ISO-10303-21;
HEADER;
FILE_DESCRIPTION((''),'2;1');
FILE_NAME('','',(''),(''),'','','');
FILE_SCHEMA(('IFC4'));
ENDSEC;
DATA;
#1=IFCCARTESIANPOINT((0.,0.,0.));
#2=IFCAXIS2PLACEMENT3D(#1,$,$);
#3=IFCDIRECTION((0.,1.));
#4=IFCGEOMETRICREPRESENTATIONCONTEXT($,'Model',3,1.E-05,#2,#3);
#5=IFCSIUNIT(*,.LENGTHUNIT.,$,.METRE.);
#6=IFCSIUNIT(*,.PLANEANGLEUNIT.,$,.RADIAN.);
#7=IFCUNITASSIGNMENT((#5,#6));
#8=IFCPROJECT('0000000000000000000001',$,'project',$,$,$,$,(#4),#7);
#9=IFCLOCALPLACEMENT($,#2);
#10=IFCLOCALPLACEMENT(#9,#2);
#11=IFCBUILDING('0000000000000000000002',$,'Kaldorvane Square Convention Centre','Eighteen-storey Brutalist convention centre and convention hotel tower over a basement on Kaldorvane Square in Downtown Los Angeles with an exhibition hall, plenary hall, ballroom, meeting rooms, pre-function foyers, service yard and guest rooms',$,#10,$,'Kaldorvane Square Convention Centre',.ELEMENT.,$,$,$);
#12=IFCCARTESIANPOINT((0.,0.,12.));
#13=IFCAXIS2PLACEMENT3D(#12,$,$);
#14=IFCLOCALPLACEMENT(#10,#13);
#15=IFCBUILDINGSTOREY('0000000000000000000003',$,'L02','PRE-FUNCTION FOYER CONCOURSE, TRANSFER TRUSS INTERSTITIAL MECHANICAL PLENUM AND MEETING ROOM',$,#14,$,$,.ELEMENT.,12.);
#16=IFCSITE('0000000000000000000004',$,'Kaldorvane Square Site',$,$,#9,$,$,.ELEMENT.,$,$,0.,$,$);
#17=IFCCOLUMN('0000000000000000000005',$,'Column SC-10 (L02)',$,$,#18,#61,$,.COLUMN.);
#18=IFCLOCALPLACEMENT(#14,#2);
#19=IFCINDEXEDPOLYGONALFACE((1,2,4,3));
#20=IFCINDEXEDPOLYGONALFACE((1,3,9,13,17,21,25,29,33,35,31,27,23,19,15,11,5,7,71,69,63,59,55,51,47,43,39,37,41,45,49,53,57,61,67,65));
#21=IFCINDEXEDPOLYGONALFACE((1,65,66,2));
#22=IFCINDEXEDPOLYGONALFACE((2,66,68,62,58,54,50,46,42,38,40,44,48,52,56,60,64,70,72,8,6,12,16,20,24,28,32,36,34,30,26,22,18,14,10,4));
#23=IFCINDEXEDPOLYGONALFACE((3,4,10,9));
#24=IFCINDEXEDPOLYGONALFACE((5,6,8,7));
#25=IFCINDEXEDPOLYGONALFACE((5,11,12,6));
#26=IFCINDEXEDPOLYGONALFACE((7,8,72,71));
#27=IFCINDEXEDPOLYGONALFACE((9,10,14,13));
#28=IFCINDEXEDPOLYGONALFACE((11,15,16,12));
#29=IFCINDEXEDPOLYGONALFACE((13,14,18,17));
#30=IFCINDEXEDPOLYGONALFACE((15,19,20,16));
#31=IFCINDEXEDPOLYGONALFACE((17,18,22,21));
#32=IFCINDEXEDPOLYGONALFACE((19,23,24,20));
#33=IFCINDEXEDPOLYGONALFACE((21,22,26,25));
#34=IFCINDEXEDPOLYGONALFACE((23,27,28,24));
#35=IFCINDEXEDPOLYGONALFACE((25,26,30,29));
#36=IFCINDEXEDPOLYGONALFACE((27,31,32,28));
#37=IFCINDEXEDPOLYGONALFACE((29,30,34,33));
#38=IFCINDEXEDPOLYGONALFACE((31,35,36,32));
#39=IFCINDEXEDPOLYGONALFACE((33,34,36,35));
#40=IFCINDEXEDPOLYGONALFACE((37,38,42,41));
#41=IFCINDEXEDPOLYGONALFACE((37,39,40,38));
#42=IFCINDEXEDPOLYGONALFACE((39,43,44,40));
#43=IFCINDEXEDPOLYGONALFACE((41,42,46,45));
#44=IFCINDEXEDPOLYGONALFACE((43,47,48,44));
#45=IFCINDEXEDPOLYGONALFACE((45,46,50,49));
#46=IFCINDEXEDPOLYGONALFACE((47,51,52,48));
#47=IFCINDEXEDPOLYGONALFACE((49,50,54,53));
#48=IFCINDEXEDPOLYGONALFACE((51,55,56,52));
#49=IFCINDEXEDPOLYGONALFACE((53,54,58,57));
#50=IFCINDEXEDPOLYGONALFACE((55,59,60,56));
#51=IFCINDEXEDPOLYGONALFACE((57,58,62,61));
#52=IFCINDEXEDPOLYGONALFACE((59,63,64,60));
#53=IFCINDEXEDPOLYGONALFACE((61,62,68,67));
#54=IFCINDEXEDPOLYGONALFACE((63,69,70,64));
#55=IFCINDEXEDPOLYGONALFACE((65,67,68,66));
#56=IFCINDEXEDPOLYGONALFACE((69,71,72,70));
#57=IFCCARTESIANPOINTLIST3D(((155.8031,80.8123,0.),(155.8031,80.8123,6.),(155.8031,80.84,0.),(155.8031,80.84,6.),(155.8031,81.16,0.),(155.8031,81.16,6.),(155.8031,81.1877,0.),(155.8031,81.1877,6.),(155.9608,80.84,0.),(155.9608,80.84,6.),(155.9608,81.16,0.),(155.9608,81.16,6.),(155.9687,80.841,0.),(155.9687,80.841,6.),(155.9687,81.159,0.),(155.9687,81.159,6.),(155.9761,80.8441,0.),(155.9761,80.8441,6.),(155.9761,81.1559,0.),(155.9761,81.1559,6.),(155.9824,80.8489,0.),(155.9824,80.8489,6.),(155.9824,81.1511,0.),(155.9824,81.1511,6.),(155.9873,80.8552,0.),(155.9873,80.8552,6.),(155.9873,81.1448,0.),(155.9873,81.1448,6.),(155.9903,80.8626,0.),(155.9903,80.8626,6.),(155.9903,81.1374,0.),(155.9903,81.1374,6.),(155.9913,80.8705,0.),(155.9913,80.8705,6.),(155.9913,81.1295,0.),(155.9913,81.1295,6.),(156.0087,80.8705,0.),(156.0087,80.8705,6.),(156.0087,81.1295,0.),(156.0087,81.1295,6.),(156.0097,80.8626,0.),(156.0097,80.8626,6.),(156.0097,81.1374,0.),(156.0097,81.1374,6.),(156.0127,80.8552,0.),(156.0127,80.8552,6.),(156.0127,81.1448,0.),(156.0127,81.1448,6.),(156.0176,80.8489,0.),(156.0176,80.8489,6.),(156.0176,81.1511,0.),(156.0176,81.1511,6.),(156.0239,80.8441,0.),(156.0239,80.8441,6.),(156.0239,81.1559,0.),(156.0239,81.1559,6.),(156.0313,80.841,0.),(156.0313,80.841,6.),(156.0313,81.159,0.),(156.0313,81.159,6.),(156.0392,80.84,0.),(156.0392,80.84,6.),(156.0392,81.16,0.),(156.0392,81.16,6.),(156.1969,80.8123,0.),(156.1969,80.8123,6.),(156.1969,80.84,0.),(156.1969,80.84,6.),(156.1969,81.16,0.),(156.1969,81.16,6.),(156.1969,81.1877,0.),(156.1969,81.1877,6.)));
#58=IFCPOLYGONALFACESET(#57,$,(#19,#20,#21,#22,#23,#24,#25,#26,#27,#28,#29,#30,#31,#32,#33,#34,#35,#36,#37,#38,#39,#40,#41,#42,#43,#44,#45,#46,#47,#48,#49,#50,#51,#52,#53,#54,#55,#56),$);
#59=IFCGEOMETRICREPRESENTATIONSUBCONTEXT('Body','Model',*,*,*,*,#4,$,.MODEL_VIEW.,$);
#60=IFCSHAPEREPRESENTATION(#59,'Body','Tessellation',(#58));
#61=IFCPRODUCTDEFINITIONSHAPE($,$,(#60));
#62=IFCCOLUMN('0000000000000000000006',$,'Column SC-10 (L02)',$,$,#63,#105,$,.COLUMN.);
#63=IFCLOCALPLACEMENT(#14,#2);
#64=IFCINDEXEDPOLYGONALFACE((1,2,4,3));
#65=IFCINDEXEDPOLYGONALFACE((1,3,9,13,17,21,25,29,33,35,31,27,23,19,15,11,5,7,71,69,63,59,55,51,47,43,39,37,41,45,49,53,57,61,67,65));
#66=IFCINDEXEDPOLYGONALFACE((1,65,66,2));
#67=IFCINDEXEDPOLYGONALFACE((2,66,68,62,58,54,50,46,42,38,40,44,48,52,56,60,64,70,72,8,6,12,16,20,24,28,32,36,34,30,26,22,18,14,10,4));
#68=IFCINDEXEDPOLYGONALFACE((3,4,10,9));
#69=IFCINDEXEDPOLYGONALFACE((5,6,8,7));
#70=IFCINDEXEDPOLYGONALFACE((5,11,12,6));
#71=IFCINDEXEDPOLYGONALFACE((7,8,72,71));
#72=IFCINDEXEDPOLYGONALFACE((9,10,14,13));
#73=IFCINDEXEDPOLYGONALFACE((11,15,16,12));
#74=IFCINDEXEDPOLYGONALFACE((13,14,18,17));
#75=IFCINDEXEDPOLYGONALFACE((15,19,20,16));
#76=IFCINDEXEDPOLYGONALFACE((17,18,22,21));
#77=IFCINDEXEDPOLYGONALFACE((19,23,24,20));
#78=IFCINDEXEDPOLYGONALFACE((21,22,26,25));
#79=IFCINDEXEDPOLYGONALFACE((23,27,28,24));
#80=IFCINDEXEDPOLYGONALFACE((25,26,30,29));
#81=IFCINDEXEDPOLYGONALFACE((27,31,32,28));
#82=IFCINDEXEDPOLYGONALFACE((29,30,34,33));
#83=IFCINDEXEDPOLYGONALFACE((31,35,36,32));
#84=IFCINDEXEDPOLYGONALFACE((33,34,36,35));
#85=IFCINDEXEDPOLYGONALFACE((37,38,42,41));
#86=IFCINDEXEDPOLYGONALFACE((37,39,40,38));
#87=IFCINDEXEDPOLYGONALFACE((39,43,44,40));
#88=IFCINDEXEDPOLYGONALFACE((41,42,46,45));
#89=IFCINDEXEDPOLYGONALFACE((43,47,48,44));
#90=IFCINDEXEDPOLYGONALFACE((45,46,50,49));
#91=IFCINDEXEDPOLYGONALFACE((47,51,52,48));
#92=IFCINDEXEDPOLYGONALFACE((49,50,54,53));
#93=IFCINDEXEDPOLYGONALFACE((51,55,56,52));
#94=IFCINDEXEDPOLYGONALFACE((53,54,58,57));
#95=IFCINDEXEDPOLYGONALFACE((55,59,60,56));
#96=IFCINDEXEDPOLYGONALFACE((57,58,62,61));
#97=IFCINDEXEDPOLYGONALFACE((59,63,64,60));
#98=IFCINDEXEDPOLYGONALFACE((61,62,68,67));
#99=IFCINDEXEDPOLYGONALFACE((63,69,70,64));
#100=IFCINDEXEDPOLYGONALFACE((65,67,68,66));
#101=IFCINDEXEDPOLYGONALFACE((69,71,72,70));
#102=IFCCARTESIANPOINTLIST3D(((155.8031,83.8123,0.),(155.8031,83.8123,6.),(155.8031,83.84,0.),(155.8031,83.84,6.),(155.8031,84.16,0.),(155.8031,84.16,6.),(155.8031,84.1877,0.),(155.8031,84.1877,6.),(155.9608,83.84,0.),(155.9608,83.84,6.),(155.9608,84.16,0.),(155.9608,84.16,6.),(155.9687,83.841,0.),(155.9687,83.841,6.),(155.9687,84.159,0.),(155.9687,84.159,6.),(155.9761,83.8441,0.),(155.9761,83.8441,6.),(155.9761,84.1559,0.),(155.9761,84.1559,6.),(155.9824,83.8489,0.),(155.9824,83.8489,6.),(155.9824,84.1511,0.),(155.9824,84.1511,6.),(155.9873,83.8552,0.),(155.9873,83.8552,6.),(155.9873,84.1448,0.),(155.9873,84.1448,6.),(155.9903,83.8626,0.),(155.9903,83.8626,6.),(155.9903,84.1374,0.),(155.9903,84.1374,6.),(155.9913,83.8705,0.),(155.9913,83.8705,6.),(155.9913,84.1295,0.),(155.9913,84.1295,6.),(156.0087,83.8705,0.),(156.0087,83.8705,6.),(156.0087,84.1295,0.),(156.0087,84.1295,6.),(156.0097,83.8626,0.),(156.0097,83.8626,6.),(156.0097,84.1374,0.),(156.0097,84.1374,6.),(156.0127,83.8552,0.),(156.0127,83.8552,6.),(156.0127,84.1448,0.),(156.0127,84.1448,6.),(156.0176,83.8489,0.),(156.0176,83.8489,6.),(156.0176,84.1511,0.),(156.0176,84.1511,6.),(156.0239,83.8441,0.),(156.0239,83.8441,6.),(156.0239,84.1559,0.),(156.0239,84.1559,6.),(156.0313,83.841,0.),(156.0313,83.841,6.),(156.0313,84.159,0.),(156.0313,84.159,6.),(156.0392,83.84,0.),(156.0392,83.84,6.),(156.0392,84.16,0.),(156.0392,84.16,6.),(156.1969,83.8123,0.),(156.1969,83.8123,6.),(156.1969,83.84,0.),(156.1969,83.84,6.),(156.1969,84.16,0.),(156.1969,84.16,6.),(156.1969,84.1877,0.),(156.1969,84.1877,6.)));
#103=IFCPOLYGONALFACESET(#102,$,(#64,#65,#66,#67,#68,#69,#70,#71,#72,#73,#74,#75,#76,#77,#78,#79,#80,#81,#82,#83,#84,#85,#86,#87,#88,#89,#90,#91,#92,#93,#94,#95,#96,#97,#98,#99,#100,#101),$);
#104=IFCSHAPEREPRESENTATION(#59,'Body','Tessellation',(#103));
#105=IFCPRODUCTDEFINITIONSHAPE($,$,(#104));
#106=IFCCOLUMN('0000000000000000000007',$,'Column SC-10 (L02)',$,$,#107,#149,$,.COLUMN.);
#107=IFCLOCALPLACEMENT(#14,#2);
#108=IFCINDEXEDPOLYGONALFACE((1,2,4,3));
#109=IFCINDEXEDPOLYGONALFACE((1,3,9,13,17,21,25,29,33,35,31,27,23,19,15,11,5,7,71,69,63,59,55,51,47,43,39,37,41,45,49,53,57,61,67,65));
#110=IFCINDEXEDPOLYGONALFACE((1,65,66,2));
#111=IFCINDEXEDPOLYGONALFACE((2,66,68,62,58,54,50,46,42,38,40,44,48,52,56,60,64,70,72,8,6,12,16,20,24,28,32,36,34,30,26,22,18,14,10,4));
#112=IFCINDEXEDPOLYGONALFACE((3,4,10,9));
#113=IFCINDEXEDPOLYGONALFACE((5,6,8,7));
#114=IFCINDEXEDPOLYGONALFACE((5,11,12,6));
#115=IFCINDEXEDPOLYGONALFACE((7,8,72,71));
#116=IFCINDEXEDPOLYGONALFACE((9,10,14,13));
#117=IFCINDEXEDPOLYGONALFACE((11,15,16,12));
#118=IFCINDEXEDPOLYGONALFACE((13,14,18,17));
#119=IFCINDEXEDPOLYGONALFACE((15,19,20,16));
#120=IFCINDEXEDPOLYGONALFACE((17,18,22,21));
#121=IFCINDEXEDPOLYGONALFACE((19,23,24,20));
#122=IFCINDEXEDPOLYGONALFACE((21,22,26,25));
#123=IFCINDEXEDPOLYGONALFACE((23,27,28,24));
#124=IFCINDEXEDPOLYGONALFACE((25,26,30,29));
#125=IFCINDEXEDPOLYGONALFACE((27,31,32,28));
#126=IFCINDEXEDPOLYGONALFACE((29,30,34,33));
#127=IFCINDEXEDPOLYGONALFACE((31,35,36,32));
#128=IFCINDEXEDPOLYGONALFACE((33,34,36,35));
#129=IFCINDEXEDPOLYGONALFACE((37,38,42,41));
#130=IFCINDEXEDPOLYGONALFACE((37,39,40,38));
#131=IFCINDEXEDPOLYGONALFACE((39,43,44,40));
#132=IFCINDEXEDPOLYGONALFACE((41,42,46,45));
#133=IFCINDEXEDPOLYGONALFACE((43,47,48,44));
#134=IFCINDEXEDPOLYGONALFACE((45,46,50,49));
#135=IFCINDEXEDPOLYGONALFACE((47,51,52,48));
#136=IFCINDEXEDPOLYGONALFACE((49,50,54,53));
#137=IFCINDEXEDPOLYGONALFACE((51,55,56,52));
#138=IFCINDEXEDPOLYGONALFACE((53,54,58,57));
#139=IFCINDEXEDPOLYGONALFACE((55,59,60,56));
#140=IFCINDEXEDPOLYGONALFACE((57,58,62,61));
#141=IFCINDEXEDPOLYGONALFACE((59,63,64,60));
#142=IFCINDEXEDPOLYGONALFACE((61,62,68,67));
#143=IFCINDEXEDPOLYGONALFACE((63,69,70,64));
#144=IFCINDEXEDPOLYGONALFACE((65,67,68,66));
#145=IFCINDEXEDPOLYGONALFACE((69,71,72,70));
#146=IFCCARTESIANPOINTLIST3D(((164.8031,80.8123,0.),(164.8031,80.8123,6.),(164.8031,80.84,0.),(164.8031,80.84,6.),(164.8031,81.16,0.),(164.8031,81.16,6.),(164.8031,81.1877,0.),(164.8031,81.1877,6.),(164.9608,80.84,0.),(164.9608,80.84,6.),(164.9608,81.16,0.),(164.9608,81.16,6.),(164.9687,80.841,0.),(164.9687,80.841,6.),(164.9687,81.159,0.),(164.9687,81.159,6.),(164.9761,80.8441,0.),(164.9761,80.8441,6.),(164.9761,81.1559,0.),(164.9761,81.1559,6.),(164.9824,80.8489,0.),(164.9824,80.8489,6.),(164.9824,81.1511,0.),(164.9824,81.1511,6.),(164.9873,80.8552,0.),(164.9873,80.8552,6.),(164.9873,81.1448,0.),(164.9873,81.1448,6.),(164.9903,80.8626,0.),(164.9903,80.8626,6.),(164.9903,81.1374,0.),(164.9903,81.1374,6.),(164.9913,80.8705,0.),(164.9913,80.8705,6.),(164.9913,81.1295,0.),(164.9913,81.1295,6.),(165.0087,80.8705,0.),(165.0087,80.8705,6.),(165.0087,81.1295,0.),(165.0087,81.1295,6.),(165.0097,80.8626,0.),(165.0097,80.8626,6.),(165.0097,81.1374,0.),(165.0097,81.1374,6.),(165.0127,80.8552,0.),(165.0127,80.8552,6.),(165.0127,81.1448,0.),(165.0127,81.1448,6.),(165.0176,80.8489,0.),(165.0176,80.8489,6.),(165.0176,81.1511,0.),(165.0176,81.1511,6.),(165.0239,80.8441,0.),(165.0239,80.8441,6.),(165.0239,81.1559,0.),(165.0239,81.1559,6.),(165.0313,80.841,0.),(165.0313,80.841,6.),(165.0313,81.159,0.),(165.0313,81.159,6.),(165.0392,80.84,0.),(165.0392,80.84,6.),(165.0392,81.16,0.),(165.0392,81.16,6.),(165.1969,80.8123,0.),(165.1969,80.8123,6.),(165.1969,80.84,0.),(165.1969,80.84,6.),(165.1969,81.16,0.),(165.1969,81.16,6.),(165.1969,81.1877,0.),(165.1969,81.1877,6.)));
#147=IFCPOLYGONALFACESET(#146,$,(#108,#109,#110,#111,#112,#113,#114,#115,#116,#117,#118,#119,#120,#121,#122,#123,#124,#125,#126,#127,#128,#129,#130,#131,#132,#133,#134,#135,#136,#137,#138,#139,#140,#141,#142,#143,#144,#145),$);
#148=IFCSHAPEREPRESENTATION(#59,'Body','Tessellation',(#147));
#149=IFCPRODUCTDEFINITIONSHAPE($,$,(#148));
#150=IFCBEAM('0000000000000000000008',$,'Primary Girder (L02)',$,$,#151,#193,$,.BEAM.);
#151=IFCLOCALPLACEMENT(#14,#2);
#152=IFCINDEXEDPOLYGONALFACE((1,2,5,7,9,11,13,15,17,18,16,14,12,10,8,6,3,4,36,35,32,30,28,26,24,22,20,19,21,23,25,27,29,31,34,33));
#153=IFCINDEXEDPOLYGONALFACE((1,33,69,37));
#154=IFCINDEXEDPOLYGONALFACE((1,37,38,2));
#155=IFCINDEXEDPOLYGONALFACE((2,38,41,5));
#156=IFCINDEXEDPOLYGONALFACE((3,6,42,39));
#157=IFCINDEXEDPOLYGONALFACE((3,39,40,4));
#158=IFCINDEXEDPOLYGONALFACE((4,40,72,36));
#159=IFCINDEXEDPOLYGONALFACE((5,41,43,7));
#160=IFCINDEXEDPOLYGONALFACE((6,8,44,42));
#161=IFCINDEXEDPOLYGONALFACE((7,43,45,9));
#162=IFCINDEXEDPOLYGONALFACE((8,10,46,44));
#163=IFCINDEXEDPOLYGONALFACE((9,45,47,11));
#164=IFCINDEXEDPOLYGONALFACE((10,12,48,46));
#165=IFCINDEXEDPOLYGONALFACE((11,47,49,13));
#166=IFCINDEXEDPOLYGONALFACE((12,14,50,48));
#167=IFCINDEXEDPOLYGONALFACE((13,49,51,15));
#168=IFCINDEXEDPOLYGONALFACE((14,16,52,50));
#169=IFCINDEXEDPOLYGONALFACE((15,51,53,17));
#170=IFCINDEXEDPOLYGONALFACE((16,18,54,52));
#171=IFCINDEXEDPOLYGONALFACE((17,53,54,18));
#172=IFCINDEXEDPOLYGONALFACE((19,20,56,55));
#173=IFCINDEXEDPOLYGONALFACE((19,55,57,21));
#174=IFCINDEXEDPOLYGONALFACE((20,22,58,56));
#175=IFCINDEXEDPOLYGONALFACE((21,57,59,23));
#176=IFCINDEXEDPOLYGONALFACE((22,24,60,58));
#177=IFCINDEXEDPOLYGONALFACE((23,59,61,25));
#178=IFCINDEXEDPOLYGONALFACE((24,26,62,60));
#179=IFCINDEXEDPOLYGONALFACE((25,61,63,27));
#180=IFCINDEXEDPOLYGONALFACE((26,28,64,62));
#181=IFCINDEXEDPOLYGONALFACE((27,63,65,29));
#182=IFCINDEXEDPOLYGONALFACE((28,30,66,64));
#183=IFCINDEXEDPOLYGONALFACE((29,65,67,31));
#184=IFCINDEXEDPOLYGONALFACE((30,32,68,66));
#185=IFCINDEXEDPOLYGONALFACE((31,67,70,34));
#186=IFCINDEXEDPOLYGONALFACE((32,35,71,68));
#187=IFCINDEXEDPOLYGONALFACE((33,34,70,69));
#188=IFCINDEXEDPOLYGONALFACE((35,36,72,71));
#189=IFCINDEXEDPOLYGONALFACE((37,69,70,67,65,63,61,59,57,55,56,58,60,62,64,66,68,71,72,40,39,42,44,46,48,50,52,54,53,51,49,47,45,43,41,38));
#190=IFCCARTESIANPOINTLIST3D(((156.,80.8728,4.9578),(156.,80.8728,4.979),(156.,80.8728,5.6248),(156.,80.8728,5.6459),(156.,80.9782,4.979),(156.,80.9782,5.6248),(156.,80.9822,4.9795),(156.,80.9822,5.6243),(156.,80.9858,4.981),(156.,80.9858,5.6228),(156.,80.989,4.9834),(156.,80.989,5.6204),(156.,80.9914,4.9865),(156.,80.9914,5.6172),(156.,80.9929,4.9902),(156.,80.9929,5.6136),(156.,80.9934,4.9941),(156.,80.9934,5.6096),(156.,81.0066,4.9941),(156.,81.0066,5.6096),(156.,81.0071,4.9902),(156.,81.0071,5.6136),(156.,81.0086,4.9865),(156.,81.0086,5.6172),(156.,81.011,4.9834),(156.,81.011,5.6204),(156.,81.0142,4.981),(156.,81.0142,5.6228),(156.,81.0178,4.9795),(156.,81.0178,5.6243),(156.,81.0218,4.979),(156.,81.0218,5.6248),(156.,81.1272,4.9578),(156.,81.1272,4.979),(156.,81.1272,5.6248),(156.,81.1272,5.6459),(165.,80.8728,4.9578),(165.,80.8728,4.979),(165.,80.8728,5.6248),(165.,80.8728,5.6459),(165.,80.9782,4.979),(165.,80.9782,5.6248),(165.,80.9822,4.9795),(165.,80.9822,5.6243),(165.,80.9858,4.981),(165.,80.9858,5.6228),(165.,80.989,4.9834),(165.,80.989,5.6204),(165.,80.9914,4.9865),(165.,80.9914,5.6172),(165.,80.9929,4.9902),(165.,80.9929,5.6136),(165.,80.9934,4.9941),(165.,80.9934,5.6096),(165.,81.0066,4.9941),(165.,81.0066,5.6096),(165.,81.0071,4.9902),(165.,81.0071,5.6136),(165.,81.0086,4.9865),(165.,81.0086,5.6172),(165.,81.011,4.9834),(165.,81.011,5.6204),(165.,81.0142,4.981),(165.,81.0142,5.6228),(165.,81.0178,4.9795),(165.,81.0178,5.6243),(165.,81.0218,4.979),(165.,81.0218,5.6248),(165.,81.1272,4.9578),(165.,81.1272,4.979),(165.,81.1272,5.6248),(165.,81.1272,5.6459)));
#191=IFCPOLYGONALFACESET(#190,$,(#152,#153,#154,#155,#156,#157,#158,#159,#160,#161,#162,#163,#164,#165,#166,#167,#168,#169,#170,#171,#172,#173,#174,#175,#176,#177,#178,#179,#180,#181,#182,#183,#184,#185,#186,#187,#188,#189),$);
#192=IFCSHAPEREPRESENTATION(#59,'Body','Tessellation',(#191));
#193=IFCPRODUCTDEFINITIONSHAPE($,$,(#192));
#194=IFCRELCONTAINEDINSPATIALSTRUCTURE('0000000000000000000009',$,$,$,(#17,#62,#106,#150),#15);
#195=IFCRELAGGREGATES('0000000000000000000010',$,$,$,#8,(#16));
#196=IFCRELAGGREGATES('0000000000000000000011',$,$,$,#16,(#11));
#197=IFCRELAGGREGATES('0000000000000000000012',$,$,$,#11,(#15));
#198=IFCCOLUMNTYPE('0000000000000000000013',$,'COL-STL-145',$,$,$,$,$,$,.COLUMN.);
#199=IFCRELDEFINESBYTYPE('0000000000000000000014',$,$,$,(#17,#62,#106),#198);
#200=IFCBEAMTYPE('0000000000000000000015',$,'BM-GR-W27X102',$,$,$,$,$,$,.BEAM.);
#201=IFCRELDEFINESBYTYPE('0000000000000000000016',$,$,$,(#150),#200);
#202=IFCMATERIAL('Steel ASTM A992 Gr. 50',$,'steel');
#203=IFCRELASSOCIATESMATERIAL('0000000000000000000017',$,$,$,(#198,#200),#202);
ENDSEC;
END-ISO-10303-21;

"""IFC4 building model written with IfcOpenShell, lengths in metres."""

from ifc_helpers import new_model, si_unit, direction, frame, origin, origin_2d, place, context, subcontext, project, spatial, i_section, extrude, material, material_profile, profile_set, type_object, element, save


model = new_model("IFC4")

# Units and contexts
model_context = context("Model", 3, precision=1e-05, world=origin(), true_north=direction((0.0, 1.0)))
body_context = subcontext(model_context, "Body", "Model", "MODEL_VIEW")
ifc_project = project(units=[si_unit("LENGTHUNIT", "METRE"), si_unit("PLANEANGLEUNIT", "RADIAN")], contexts=[model_context])

# Site, building, storey
site_placement = place(None, origin())
site = spatial("IfcSite", under=ifc_project, at=site_placement, Name="Kaldorvane Square Site", CompositionType="ELEMENT", RefElevation=0.0)
building_placement = place(site_placement, origin())
building = spatial("IfcBuilding", under=site, at=building_placement, Name="Kaldorvane Square Convention Centre", Description="Eighteen-storey Brutalist convention centre and convention hotel tower over a basement on Kaldorvane Square in Downtown Los Angeles with an exhibition hall, plenary hall, ballroom, meeting rooms, pre-function foyers, service yard and guest rooms", LongName="Kaldorvane Square Convention Centre", CompositionType="ELEMENT")
storey_placement = place(building_placement, frame((0.0, 0.0, 12.0)))
storey = spatial("IfcBuildingStorey", under=building, at=storey_placement, Name="L02", Description="PRE-FUNCTION FOYER CONCOURSE, TRANSFER TRUSS INTERSTITIAL MECHANICAL PLENUM AND MEETING ROOM", CompositionType="ELEMENT", Elevation=12.0)

# Columns
ifc_material_1 = material(Name="Steel ASTM A992 Gr. 50", Category="steel")
ifc_material_profile_1 = material_profile(ifc_material_1, i_section(OverallWidth=0.3937, OverallDepth=0.3754, WebThickness=0.0173, FlangeThickness=0.0277, FilletRadius=0.0305, at=origin_2d()), Name="W14X145")
ifc_profile_set_1 = profile_set([ifc_material_profile_1], Name="Steel ASTM A992 Gr. 50")
column_type = type_object("IfcColumnType", Name="COL-STL-145", PredefinedType="COLUMN", material=ifc_profile_set_1)
for number, where, z_axis, x_axis, name in (
    (1, (156.0, 81.0, 0.0), (0.0, 0.0, 1.0), (1.0, 0.0, 0.0), "Column SC-10 (L02)"),
    (2, (156.0, 84.0, 0.0), (0.0, 0.0, 1.0), (1.0, 0.0, 0.0), "Column SC-10 (L02)"),
    (3, (165.0, 81.0, 0.0), (0.0, 0.0, 1.0), (1.0, 0.0, 0.0), "Column SC-10 (L02)"),
):
    element("IfcColumn", number, at=place(storey_placement, frame(where, z_axis=z_axis, x_axis=x_axis)), inside=storey, type_object=column_type, Name=name, PredefinedType="COLUMN", context=body_context, shape_type="SweptSolid", body=[
        extrude(i_section(OverallWidth=0.3937, OverallDepth=0.3754, WebThickness=0.0173, FlangeThickness=0.0277, FilletRadius=0.0305, at=origin_2d()), origin(), (0.0, 0.0, 1.0), 6.0),
    ])

# Beam
ifc_material_profile_2 = material_profile(ifc_material_1, i_section(OverallWidth=0.2544, OverallDepth=0.6881, WebThickness=0.0131, FlangeThickness=0.0211, FilletRadius=0.0152, at=origin_2d()), Name="W27X102")
ifc_profile_set_2 = profile_set([ifc_material_profile_2], Name="Steel ASTM A992 Gr. 50")
beam_type_1 = type_object("IfcBeamType", Name="BM-GR-W27X102", PredefinedType="BEAM", material=ifc_profile_set_2)
for number, where, z_axis, x_axis, name in (
    (4, (156.0, 81.0, 5.3019), (1.0, 0.0, 0.0), (0.0, 1.0, 0.0), "Primary Girder (L02)"),
):
    element("IfcBeam", number, at=place(storey_placement, frame(where, z_axis=z_axis, x_axis=x_axis)), inside=storey, type_object=beam_type_1, Name=name, PredefinedType="BEAM", context=body_context, shape_type="SweptSolid", body=[
        extrude(i_section(OverallWidth=0.2544, OverallDepth=0.6881, WebThickness=0.0131, FlangeThickness=0.0211, FilletRadius=0.0152, at=origin_2d()), origin(), (0.0, 0.0, 1.0), 9.0),
    ])

save(model, "model.ifc")
